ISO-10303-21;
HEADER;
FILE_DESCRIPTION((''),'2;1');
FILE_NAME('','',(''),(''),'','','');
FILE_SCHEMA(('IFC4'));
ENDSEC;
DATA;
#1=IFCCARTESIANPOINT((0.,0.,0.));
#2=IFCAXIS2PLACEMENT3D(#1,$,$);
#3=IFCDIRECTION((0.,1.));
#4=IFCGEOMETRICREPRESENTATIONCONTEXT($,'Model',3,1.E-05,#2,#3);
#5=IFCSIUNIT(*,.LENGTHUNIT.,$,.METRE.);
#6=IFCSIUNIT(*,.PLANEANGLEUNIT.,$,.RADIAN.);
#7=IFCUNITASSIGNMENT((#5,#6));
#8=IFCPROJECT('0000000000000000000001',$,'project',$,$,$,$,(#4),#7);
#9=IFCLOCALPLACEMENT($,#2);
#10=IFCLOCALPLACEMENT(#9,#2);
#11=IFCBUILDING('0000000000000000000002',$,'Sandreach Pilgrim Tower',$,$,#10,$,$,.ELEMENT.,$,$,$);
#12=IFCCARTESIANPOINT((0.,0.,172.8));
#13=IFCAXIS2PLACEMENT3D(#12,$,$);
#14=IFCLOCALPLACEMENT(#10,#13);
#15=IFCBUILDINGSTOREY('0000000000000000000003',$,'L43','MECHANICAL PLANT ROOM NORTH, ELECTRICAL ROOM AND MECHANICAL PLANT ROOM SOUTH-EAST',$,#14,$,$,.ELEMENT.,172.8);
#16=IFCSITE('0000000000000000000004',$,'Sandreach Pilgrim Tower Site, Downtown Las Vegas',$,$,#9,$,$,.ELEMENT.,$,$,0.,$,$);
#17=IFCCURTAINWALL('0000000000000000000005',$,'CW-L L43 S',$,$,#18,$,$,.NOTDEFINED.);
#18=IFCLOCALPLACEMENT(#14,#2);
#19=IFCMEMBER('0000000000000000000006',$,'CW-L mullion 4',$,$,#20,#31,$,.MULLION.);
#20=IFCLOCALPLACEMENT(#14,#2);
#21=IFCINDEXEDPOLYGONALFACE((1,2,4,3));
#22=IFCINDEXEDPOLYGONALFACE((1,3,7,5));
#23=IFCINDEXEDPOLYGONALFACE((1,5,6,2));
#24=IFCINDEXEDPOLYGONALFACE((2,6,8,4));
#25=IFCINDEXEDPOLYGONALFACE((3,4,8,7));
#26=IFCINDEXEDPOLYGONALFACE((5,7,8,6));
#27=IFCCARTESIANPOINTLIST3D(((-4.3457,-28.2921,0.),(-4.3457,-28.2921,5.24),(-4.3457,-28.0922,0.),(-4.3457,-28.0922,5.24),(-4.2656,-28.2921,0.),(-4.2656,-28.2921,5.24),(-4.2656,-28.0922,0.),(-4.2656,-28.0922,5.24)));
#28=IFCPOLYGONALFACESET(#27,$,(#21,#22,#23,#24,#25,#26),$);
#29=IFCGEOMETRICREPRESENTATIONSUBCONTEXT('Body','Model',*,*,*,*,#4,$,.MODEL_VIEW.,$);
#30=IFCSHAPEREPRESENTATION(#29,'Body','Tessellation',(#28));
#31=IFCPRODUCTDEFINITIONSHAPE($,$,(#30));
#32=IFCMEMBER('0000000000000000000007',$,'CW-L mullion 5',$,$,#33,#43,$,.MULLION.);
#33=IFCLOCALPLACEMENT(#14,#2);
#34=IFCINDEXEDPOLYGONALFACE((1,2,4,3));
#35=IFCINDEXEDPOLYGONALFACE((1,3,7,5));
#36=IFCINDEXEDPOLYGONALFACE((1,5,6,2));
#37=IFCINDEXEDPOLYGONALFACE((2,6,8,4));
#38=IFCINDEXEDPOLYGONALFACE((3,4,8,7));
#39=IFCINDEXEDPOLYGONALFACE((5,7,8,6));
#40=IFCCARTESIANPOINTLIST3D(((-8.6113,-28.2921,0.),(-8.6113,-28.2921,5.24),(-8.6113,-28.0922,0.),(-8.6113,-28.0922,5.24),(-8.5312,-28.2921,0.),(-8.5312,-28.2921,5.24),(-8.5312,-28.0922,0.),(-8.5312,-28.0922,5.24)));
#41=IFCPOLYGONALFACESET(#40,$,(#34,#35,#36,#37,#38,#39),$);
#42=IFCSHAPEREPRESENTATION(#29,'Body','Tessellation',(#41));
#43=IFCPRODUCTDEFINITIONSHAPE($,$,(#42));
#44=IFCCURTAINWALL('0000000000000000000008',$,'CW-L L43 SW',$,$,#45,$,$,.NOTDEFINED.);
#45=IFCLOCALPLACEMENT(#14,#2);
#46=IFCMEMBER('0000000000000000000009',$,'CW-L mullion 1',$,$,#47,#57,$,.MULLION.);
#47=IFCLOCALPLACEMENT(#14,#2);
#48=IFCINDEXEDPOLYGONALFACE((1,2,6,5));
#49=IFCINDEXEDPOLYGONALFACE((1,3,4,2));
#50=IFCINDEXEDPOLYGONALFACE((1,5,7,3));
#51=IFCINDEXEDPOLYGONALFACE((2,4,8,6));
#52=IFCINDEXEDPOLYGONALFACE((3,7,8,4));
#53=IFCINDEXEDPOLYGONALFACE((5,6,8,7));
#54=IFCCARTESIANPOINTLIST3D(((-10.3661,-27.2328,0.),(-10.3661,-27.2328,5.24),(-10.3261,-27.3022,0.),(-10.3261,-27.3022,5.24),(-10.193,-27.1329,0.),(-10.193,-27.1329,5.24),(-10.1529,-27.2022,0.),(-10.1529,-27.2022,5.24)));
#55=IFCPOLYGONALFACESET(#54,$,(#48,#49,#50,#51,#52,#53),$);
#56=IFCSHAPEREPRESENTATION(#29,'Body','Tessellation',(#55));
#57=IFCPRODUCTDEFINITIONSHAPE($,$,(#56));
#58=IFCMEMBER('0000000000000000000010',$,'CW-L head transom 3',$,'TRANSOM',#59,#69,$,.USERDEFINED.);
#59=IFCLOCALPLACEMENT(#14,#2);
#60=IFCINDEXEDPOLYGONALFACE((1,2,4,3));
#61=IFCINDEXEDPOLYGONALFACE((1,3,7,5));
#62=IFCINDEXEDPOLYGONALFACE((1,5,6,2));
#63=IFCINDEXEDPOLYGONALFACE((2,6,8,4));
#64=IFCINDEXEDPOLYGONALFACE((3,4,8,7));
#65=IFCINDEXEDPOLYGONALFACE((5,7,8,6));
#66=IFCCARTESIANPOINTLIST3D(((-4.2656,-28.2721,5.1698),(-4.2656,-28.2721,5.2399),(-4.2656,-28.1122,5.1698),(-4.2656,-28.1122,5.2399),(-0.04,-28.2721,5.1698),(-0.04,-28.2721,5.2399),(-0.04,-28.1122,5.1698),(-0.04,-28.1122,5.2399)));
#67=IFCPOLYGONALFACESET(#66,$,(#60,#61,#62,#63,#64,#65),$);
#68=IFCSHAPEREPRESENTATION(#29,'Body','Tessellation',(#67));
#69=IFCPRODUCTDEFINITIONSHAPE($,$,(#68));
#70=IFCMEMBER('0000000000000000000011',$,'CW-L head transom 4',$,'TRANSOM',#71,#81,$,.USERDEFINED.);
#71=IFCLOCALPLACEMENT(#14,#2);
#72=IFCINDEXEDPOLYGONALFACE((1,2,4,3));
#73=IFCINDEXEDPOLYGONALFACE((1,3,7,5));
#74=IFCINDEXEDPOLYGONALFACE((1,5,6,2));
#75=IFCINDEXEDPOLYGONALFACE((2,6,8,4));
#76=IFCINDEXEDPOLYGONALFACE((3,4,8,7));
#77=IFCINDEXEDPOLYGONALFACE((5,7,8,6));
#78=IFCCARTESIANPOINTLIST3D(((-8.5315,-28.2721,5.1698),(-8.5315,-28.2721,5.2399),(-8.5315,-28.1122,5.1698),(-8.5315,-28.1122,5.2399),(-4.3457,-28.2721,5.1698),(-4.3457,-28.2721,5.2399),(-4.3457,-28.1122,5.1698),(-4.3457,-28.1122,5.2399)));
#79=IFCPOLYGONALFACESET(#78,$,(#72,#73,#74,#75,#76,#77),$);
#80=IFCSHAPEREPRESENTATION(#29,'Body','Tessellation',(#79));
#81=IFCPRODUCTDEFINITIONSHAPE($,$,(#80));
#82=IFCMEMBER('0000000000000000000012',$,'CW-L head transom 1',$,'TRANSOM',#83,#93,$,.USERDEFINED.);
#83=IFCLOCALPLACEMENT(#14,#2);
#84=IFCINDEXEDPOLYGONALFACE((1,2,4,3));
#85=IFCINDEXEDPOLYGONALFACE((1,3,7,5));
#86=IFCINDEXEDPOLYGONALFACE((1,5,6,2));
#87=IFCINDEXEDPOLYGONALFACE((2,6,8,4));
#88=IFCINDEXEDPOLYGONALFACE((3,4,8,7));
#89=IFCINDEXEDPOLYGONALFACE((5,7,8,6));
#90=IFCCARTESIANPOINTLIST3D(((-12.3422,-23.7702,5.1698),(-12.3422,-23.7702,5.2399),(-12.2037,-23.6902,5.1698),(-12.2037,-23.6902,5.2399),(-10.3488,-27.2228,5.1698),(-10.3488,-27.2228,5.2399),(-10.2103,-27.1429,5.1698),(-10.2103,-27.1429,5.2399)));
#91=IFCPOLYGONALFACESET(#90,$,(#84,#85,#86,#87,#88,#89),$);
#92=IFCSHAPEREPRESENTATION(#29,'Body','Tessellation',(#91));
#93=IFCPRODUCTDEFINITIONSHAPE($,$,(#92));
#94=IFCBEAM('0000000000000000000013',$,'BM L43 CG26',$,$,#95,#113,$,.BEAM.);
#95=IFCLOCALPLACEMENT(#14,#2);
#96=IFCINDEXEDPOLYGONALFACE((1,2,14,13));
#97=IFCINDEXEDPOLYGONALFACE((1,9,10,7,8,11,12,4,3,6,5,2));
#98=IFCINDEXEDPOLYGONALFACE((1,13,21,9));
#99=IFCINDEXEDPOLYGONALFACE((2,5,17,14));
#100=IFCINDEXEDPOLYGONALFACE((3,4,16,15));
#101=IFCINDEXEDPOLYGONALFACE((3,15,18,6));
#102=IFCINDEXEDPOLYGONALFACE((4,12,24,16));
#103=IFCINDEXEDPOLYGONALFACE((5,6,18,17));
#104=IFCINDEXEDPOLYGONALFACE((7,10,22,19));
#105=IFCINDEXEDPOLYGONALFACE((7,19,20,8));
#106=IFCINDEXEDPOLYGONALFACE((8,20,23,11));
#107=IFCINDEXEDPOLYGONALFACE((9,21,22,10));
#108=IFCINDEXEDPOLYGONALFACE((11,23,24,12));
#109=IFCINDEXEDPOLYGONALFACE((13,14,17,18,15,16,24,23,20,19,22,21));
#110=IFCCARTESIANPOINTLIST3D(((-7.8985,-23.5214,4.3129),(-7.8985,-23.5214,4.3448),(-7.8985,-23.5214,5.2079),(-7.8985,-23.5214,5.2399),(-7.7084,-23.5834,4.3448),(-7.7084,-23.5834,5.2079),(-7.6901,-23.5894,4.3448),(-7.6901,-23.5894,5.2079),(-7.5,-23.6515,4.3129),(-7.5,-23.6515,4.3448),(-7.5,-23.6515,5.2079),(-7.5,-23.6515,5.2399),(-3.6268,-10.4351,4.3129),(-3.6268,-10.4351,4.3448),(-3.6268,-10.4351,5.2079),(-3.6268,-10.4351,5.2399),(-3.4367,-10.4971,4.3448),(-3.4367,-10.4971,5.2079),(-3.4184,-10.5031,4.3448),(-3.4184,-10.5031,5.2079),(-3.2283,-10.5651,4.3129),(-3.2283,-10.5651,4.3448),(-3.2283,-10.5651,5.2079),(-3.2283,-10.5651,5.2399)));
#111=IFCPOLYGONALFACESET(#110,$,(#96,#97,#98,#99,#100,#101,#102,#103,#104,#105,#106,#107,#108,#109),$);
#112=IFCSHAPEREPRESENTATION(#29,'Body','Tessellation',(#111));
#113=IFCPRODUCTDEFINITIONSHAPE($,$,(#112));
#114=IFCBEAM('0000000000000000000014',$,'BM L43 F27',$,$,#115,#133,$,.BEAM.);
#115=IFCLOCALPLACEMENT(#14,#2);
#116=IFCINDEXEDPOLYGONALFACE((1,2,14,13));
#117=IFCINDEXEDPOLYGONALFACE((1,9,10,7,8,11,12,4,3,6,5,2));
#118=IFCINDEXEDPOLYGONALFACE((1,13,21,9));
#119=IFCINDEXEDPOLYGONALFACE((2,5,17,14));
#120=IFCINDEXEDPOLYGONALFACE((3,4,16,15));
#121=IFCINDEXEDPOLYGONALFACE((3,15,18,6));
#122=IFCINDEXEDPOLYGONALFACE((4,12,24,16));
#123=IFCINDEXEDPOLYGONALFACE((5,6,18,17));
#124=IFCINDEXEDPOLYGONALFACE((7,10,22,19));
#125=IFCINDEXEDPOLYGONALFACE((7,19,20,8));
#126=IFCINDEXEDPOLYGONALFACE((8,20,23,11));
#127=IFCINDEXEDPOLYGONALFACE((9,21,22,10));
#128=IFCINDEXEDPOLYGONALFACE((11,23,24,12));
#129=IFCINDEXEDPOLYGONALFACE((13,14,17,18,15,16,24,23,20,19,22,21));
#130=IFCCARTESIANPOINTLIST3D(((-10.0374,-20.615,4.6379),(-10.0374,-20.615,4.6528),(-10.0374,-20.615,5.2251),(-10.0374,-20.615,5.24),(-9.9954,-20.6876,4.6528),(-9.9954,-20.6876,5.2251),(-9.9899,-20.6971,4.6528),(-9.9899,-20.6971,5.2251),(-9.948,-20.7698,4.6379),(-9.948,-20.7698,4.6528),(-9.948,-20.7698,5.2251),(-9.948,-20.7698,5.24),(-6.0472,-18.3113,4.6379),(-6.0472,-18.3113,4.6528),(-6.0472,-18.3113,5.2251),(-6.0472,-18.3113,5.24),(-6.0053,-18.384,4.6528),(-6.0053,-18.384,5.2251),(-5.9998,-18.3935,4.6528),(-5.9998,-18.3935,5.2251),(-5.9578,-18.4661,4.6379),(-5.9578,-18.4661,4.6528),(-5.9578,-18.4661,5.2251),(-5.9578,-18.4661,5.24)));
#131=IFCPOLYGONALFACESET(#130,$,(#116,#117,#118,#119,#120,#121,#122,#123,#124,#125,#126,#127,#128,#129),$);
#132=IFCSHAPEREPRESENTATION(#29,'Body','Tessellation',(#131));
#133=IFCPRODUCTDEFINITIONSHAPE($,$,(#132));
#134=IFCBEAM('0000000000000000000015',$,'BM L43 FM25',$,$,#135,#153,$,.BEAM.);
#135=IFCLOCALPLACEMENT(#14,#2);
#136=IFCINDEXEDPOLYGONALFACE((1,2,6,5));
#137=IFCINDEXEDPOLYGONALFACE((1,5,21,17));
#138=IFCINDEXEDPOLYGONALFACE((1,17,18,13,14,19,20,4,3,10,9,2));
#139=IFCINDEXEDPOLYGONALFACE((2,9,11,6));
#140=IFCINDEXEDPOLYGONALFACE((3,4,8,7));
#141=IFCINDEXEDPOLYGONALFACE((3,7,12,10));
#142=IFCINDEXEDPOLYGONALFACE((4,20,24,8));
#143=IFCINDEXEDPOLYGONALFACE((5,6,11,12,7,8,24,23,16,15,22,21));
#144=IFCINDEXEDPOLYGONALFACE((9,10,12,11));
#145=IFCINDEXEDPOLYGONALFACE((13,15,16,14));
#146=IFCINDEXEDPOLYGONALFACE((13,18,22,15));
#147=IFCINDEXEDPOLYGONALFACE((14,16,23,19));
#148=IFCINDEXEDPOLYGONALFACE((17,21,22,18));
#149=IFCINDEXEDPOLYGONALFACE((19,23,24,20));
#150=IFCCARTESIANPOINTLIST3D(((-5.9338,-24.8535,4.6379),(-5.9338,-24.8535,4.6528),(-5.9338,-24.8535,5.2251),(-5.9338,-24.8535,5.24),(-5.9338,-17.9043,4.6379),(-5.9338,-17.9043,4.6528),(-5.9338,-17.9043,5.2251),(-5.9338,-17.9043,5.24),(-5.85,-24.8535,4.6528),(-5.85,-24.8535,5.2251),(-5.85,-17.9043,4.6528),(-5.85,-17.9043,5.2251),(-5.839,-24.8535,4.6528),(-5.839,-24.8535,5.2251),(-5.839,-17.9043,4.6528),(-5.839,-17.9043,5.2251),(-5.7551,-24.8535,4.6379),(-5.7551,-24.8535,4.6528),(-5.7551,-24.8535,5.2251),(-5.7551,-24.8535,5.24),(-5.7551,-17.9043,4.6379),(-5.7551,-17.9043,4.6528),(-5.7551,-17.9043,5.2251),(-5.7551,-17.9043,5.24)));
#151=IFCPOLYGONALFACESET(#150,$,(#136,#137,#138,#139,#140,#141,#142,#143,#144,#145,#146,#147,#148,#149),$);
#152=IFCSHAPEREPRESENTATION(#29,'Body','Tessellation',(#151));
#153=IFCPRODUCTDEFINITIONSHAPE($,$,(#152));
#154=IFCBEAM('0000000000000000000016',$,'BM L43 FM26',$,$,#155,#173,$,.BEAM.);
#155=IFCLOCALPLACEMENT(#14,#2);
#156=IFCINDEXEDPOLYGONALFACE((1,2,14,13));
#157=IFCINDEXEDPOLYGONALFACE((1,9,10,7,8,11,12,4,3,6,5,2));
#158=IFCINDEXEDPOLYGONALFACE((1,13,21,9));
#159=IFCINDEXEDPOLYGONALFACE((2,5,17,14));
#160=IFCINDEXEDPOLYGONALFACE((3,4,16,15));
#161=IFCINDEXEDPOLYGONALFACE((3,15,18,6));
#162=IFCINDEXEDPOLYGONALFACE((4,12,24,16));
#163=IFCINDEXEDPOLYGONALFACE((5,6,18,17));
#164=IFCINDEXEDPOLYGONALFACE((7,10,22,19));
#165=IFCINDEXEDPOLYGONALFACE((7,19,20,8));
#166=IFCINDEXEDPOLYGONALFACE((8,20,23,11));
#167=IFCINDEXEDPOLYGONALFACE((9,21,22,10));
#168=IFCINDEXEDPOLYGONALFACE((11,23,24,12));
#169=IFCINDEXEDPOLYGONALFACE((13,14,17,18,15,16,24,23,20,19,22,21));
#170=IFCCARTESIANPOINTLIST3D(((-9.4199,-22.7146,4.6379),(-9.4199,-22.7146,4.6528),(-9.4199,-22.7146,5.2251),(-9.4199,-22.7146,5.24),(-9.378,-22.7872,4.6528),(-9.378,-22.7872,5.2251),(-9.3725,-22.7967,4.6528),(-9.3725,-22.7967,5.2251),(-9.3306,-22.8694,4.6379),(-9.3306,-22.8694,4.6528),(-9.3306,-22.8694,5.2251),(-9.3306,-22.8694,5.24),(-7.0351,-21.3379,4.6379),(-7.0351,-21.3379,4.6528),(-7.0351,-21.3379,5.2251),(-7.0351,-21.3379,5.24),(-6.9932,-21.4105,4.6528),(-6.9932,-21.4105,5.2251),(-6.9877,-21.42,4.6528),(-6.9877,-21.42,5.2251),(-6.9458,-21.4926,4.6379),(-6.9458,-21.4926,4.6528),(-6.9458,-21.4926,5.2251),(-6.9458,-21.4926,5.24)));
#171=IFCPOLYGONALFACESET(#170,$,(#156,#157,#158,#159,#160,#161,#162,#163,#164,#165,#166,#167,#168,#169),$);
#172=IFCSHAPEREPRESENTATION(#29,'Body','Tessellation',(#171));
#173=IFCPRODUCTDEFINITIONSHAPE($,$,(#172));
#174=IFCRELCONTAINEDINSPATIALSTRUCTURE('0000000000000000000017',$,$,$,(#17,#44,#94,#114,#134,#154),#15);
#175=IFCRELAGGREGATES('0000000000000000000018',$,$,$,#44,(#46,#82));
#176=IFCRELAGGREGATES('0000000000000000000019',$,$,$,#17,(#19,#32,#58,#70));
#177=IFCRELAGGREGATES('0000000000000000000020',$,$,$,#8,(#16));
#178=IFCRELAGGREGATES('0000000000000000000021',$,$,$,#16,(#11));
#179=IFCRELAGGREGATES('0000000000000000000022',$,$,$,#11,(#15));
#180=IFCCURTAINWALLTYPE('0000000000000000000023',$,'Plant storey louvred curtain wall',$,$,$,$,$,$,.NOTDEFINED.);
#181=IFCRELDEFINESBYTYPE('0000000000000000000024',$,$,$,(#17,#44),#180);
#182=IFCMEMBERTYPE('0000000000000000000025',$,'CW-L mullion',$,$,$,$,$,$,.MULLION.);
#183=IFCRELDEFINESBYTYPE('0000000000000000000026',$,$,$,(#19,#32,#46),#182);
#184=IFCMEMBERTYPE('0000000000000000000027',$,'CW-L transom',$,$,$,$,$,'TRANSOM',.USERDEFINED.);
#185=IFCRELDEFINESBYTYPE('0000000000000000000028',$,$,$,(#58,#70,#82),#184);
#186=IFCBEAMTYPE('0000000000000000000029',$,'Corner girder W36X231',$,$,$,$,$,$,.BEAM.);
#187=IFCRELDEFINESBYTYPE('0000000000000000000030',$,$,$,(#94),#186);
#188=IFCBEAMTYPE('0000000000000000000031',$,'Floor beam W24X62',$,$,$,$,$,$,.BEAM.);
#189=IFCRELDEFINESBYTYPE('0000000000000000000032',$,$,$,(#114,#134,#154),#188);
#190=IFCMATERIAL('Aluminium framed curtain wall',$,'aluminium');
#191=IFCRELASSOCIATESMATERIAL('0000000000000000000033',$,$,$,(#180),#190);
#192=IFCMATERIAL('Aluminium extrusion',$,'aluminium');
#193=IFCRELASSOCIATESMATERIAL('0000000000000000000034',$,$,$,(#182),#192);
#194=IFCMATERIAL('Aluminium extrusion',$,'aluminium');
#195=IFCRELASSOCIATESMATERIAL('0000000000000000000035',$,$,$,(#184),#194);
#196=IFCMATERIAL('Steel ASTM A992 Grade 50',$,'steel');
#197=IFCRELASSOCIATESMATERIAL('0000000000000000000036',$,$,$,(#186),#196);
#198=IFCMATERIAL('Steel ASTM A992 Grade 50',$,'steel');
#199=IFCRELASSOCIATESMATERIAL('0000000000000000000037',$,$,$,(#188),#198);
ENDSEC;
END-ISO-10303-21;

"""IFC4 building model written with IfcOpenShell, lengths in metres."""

from ifc_helpers import new_model, si_unit, direction, frame, origin, origin_2d, place, context, subcontext, project, spatial, rectangle, i_section, extrude, material, material_profile, profile_set, type_object, element, aggregate, save


model = new_model("IFC4")

# Units and contexts
model_context = context("Model", 3, precision=1e-05, world=origin(), true_north=direction((0.0, 1.0)))
body_context = subcontext(model_context, "Body", "Model", "MODEL_VIEW")
ifc_project = project(units=[si_unit("LENGTHUNIT", "METRE"), si_unit("PLANEANGLEUNIT", "RADIAN")], contexts=[model_context])

# Site, building, storey
site_placement = place(None, origin())
site = spatial("IfcSite", under=ifc_project, at=site_placement, Name="Sandreach Pilgrim Tower Site, Downtown Las Vegas", CompositionType="ELEMENT", RefElevation=0.0)
building_placement = place(site_placement, origin())
building = spatial("IfcBuilding", under=site, at=building_placement, Name="Sandreach Pilgrim Tower", CompositionType="ELEMENT")
storey_placement = place(building_placement, frame((0.0, 0.0, 172.8)))
storey = spatial("IfcBuildingStorey", under=building, at=storey_placement, Name="L43", Description="MECHANICAL PLANT ROOM NORTH, ELECTRICAL ROOM AND MECHANICAL PLANT ROOM SOUTH-EAST", CompositionType="ELEMENT", Elevation=172.8)

# Curtain wall, members
ifc_material_1 = material(Name="Aluminium framed curtain wall", Category="aluminium")
curtain_wall_type = type_object("IfcCurtainWallType", Name="Plant storey louvred curtain wall", PredefinedType="NOTDEFINED", material=ifc_material_1)
curtain_wall_1_placement = place(storey_placement, origin())
curtain_wall_1 = element("IfcCurtainWall", 1, at=curtain_wall_1_placement, inside=storey, type_object=curtain_wall_type, Name="CW-L L43 S", PredefinedType="NOTDEFINED")
ifc_material_2 = material(Name="Aluminium extrusion", Category="aluminium")
ifc_material_profile_1 = material_profile(ifc_material_2, rectangle(XDim=0.0801, YDim=0.2, at=origin_2d()), Name="CW-LM 80X200")
ifc_profile_set_1 = profile_set([ifc_material_profile_1], Name="Aluminium extrusion")
member_type_1 = type_object("IfcMemberType", Name="CW-L mullion", PredefinedType="MULLION", material=ifc_profile_set_1)
member_1_placement = place(storey_placement, frame((-4.3057, -28.1921, 0.0), z_axis=(0.0, 0.0, 1.0), x_axis=(-1.0, 0.0, 0.0)))
member_1 = element("IfcMember", 2, at=member_1_placement, type_object=member_type_1, Name="CW-L mullion 4", PredefinedType="MULLION", context=body_context, shape_type="SweptSolid", body=[
    extrude(rectangle(XDim=0.0801, YDim=0.2, at=origin_2d()), origin(), (0.0, 0.0, 1.0), 5.24),
])
member_2_placement = place(storey_placement, frame((-8.5713, -28.1921, 0.0), z_axis=(0.0, 0.0, 1.0), x_axis=(-1.0, 0.0, 0.0)))
member_2 = element("IfcMember", 3, at=member_2_placement, type_object=member_type_1, Name="CW-L mullion 5", PredefinedType="MULLION", context=body_context, shape_type="SweptSolid", body=[
    extrude(rectangle(XDim=0.0801, YDim=0.2, at=origin_2d()), origin(), (0.0, 0.0, 1.0), 5.24),
])

# Curtain wall, member
curtain_wall_2_placement = place(storey_placement, origin())
curtain_wall_2 = element("IfcCurtainWall", 4, at=curtain_wall_2_placement, inside=storey, type_object=curtain_wall_type, Name="CW-L L43 SW", PredefinedType="NOTDEFINED")
member_3_placement = place(storey_placement, frame((-10.2595, -27.2175, 0.0), z_axis=(0.0, 0.0, 1.0), x_axis=(-0.5, 0.866025, 0.0)))
member_3 = element("IfcMember", 5, at=member_3_placement, type_object=member_type_1, Name="CW-L mullion 1", PredefinedType="MULLION", context=body_context, shape_type="SweptSolid", body=[
    extrude(rectangle(XDim=0.0801, YDim=0.2, at=origin_2d()), origin(), (0.0, 0.0, 1.0), 5.24),
])

# Members
ifc_material_3 = material(Name="Aluminium extrusion", Category="aluminium")
ifc_material_profile_2 = material_profile(ifc_material_3, rectangle(XDim=0.1599, YDim=0.0701, at=origin_2d()), Name="CW-LT 160X70")
ifc_profile_set_2 = profile_set([ifc_material_profile_2], Name="Aluminium extrusion")
member_type_2 = type_object("IfcMemberType", Name="CW-L transom", ElementType="TRANSOM", PredefinedType="USERDEFINED", material=ifc_profile_set_2)
member_4_placement = place(storey_placement, frame((-0.04, -28.1921, 5.2048), z_axis=(-1.0, 0.0, 0.0), x_axis=(0.0, -1.0, 0.0)))
member_4 = element("IfcMember", 6, at=member_4_placement, type_object=member_type_2, Name="CW-L head transom 3", ObjectType="TRANSOM", PredefinedType="USERDEFINED", context=body_context, shape_type="SweptSolid", body=[
    extrude(rectangle(XDim=0.1599, YDim=0.0701, at=origin_2d()), origin(), (0.0, 0.0, 1.0), 4.2256),
])
member_5_placement = place(storey_placement, frame((-4.3457, -28.1921, 5.2048), z_axis=(-1.0, 0.0, 0.0), x_axis=(0.0, -1.0, 0.0)))
member_5 = element("IfcMember", 7, at=member_5_placement, type_object=member_type_2, Name="CW-L head transom 4", ObjectType="TRANSOM", PredefinedType="USERDEFINED", context=body_context, shape_type="SweptSolid", body=[
    extrude(rectangle(XDim=0.1599, YDim=0.0701, at=origin_2d()), origin(), (0.0, 0.0, 1.0), 4.1858),
])
member_6_placement = place(storey_placement, frame((-10.2795, -27.1829, 5.2048), z_axis=(-0.500005, 0.866022, 0.0), x_axis=(-0.866022, -0.500005, 0.0)))
member_6 = element("IfcMember", 8, at=member_6_placement, type_object=member_type_2, Name="CW-L head transom 1", ObjectType="TRANSOM", PredefinedType="USERDEFINED", context=body_context, shape_type="SweptSolid", body=[
    extrude(rectangle(XDim=0.1599, YDim=0.0701, at=origin_2d()), origin(), (0.0, 0.0, 1.0), 3.9868),
])
aggregate(curtain_wall_2, [member_3, member_6])

# Beams
ifc_material_4 = material(Name="Steel ASTM A992 Grade 50", Category="steel")
ifc_material_profile_3 = material_profile(ifc_material_4, i_section(OverallWidth=0.4192, OverallDepth=0.927, WebThickness=0.0193, FlangeThickness=0.032, at=origin_2d()), Name="W36X231")
ifc_profile_set_3 = profile_set([ifc_material_profile_3], Name="Steel ASTM A992 Grade 50")
beam_type_1 = type_object("IfcBeamType", Name="Corner girder W36X231", PredefinedType="BEAM", material=ifc_profile_set_3)
beam_1_placement = place(storey_placement, frame((-7.6992, -23.5864, 4.7764), z_axis=(0.310311, 0.950635, 0.0), x_axis=(-0.950635, 0.310311, 0.0)))
element("IfcBeam", 9, at=beam_1_placement, inside=storey, type_object=beam_type_1, Name="BM L43 CG26", PredefinedType="BEAM", context=body_context, shape_type="SweptSolid", body=[
    extrude(i_section(OverallWidth=0.4192, OverallDepth=0.927, WebThickness=0.0193, FlangeThickness=0.032, at=origin_2d()), origin(), (0.0, 0.0, 1.0), 13.7659),
])
ifc_material_5 = material(Name="Steel ASTM A992 Grade 50", Category="steel")
ifc_material_profile_4 = material_profile(ifc_material_5, i_section(OverallWidth=0.1787, OverallDepth=0.6021, WebThickness=0.011, FlangeThickness=0.0149, at=origin_2d()), Name="W24X62")
ifc_profile_set_4 = profile_set([ifc_material_profile_4], Name="Steel ASTM A992 Grade 50")
beam_type_2 = type_object("IfcBeamType", Name="Floor beam W24X62", PredefinedType="BEAM", material=ifc_profile_set_4)
beam_2_placement = place(storey_placement, frame((-9.9927, -20.6924, 4.939), z_axis=(0.86603, 0.499992, 0.0), x_axis=(-0.499992, 0.86603, 0.0)))
element("IfcBeam", 10, at=beam_2_placement, inside=storey, type_object=beam_type_2, Name="BM L43 F27", PredefinedType="BEAM", context=body_context, shape_type="SweptSolid", body=[
    extrude(i_section(OverallWidth=0.1787, OverallDepth=0.6021, WebThickness=0.011, FlangeThickness=0.0149, at=origin_2d()), origin(), (0.0, 0.0, 1.0), 4.6074),
])
beam_3_placement = place(storey_placement, frame((-5.8445, -24.8535, 4.939), z_axis=(0.0, 1.0, 0.0), x_axis=(-1.0, 0.0, 0.0)))
element("IfcBeam", 11, at=beam_3_placement, inside=storey, type_object=beam_type_2, Name="BM L43 FM25", PredefinedType="BEAM", context=body_context, shape_type="SweptSolid", body=[
    extrude(i_section(OverallWidth=0.1787, OverallDepth=0.6021, WebThickness=0.011, FlangeThickness=0.0149, at=origin_2d()), origin(), (0.0, 0.0, 1.0), 6.9492),
])
beam_4_placement = place(storey_placement, frame((-9.3752, -22.792, 4.939), z_axis=(0.866047, 0.499963, 0.0), x_axis=(-0.499963, 0.866047, 0.0)))
element("IfcBeam", 12, at=beam_4_placement, inside=storey, type_object=beam_type_2, Name="BM L43 FM26", PredefinedType="BEAM", context=body_context, shape_type="SweptSolid", body=[
    extrude(i_section(OverallWidth=0.1787, OverallDepth=0.6021, WebThickness=0.011, FlangeThickness=0.0149, at=origin_2d()), origin(), (0.0, 0.0, 1.0), 2.7537),
])

aggregate(curtain_wall_1, [member_1, member_2, member_4, member_5])

save(model, "model.ifc")
